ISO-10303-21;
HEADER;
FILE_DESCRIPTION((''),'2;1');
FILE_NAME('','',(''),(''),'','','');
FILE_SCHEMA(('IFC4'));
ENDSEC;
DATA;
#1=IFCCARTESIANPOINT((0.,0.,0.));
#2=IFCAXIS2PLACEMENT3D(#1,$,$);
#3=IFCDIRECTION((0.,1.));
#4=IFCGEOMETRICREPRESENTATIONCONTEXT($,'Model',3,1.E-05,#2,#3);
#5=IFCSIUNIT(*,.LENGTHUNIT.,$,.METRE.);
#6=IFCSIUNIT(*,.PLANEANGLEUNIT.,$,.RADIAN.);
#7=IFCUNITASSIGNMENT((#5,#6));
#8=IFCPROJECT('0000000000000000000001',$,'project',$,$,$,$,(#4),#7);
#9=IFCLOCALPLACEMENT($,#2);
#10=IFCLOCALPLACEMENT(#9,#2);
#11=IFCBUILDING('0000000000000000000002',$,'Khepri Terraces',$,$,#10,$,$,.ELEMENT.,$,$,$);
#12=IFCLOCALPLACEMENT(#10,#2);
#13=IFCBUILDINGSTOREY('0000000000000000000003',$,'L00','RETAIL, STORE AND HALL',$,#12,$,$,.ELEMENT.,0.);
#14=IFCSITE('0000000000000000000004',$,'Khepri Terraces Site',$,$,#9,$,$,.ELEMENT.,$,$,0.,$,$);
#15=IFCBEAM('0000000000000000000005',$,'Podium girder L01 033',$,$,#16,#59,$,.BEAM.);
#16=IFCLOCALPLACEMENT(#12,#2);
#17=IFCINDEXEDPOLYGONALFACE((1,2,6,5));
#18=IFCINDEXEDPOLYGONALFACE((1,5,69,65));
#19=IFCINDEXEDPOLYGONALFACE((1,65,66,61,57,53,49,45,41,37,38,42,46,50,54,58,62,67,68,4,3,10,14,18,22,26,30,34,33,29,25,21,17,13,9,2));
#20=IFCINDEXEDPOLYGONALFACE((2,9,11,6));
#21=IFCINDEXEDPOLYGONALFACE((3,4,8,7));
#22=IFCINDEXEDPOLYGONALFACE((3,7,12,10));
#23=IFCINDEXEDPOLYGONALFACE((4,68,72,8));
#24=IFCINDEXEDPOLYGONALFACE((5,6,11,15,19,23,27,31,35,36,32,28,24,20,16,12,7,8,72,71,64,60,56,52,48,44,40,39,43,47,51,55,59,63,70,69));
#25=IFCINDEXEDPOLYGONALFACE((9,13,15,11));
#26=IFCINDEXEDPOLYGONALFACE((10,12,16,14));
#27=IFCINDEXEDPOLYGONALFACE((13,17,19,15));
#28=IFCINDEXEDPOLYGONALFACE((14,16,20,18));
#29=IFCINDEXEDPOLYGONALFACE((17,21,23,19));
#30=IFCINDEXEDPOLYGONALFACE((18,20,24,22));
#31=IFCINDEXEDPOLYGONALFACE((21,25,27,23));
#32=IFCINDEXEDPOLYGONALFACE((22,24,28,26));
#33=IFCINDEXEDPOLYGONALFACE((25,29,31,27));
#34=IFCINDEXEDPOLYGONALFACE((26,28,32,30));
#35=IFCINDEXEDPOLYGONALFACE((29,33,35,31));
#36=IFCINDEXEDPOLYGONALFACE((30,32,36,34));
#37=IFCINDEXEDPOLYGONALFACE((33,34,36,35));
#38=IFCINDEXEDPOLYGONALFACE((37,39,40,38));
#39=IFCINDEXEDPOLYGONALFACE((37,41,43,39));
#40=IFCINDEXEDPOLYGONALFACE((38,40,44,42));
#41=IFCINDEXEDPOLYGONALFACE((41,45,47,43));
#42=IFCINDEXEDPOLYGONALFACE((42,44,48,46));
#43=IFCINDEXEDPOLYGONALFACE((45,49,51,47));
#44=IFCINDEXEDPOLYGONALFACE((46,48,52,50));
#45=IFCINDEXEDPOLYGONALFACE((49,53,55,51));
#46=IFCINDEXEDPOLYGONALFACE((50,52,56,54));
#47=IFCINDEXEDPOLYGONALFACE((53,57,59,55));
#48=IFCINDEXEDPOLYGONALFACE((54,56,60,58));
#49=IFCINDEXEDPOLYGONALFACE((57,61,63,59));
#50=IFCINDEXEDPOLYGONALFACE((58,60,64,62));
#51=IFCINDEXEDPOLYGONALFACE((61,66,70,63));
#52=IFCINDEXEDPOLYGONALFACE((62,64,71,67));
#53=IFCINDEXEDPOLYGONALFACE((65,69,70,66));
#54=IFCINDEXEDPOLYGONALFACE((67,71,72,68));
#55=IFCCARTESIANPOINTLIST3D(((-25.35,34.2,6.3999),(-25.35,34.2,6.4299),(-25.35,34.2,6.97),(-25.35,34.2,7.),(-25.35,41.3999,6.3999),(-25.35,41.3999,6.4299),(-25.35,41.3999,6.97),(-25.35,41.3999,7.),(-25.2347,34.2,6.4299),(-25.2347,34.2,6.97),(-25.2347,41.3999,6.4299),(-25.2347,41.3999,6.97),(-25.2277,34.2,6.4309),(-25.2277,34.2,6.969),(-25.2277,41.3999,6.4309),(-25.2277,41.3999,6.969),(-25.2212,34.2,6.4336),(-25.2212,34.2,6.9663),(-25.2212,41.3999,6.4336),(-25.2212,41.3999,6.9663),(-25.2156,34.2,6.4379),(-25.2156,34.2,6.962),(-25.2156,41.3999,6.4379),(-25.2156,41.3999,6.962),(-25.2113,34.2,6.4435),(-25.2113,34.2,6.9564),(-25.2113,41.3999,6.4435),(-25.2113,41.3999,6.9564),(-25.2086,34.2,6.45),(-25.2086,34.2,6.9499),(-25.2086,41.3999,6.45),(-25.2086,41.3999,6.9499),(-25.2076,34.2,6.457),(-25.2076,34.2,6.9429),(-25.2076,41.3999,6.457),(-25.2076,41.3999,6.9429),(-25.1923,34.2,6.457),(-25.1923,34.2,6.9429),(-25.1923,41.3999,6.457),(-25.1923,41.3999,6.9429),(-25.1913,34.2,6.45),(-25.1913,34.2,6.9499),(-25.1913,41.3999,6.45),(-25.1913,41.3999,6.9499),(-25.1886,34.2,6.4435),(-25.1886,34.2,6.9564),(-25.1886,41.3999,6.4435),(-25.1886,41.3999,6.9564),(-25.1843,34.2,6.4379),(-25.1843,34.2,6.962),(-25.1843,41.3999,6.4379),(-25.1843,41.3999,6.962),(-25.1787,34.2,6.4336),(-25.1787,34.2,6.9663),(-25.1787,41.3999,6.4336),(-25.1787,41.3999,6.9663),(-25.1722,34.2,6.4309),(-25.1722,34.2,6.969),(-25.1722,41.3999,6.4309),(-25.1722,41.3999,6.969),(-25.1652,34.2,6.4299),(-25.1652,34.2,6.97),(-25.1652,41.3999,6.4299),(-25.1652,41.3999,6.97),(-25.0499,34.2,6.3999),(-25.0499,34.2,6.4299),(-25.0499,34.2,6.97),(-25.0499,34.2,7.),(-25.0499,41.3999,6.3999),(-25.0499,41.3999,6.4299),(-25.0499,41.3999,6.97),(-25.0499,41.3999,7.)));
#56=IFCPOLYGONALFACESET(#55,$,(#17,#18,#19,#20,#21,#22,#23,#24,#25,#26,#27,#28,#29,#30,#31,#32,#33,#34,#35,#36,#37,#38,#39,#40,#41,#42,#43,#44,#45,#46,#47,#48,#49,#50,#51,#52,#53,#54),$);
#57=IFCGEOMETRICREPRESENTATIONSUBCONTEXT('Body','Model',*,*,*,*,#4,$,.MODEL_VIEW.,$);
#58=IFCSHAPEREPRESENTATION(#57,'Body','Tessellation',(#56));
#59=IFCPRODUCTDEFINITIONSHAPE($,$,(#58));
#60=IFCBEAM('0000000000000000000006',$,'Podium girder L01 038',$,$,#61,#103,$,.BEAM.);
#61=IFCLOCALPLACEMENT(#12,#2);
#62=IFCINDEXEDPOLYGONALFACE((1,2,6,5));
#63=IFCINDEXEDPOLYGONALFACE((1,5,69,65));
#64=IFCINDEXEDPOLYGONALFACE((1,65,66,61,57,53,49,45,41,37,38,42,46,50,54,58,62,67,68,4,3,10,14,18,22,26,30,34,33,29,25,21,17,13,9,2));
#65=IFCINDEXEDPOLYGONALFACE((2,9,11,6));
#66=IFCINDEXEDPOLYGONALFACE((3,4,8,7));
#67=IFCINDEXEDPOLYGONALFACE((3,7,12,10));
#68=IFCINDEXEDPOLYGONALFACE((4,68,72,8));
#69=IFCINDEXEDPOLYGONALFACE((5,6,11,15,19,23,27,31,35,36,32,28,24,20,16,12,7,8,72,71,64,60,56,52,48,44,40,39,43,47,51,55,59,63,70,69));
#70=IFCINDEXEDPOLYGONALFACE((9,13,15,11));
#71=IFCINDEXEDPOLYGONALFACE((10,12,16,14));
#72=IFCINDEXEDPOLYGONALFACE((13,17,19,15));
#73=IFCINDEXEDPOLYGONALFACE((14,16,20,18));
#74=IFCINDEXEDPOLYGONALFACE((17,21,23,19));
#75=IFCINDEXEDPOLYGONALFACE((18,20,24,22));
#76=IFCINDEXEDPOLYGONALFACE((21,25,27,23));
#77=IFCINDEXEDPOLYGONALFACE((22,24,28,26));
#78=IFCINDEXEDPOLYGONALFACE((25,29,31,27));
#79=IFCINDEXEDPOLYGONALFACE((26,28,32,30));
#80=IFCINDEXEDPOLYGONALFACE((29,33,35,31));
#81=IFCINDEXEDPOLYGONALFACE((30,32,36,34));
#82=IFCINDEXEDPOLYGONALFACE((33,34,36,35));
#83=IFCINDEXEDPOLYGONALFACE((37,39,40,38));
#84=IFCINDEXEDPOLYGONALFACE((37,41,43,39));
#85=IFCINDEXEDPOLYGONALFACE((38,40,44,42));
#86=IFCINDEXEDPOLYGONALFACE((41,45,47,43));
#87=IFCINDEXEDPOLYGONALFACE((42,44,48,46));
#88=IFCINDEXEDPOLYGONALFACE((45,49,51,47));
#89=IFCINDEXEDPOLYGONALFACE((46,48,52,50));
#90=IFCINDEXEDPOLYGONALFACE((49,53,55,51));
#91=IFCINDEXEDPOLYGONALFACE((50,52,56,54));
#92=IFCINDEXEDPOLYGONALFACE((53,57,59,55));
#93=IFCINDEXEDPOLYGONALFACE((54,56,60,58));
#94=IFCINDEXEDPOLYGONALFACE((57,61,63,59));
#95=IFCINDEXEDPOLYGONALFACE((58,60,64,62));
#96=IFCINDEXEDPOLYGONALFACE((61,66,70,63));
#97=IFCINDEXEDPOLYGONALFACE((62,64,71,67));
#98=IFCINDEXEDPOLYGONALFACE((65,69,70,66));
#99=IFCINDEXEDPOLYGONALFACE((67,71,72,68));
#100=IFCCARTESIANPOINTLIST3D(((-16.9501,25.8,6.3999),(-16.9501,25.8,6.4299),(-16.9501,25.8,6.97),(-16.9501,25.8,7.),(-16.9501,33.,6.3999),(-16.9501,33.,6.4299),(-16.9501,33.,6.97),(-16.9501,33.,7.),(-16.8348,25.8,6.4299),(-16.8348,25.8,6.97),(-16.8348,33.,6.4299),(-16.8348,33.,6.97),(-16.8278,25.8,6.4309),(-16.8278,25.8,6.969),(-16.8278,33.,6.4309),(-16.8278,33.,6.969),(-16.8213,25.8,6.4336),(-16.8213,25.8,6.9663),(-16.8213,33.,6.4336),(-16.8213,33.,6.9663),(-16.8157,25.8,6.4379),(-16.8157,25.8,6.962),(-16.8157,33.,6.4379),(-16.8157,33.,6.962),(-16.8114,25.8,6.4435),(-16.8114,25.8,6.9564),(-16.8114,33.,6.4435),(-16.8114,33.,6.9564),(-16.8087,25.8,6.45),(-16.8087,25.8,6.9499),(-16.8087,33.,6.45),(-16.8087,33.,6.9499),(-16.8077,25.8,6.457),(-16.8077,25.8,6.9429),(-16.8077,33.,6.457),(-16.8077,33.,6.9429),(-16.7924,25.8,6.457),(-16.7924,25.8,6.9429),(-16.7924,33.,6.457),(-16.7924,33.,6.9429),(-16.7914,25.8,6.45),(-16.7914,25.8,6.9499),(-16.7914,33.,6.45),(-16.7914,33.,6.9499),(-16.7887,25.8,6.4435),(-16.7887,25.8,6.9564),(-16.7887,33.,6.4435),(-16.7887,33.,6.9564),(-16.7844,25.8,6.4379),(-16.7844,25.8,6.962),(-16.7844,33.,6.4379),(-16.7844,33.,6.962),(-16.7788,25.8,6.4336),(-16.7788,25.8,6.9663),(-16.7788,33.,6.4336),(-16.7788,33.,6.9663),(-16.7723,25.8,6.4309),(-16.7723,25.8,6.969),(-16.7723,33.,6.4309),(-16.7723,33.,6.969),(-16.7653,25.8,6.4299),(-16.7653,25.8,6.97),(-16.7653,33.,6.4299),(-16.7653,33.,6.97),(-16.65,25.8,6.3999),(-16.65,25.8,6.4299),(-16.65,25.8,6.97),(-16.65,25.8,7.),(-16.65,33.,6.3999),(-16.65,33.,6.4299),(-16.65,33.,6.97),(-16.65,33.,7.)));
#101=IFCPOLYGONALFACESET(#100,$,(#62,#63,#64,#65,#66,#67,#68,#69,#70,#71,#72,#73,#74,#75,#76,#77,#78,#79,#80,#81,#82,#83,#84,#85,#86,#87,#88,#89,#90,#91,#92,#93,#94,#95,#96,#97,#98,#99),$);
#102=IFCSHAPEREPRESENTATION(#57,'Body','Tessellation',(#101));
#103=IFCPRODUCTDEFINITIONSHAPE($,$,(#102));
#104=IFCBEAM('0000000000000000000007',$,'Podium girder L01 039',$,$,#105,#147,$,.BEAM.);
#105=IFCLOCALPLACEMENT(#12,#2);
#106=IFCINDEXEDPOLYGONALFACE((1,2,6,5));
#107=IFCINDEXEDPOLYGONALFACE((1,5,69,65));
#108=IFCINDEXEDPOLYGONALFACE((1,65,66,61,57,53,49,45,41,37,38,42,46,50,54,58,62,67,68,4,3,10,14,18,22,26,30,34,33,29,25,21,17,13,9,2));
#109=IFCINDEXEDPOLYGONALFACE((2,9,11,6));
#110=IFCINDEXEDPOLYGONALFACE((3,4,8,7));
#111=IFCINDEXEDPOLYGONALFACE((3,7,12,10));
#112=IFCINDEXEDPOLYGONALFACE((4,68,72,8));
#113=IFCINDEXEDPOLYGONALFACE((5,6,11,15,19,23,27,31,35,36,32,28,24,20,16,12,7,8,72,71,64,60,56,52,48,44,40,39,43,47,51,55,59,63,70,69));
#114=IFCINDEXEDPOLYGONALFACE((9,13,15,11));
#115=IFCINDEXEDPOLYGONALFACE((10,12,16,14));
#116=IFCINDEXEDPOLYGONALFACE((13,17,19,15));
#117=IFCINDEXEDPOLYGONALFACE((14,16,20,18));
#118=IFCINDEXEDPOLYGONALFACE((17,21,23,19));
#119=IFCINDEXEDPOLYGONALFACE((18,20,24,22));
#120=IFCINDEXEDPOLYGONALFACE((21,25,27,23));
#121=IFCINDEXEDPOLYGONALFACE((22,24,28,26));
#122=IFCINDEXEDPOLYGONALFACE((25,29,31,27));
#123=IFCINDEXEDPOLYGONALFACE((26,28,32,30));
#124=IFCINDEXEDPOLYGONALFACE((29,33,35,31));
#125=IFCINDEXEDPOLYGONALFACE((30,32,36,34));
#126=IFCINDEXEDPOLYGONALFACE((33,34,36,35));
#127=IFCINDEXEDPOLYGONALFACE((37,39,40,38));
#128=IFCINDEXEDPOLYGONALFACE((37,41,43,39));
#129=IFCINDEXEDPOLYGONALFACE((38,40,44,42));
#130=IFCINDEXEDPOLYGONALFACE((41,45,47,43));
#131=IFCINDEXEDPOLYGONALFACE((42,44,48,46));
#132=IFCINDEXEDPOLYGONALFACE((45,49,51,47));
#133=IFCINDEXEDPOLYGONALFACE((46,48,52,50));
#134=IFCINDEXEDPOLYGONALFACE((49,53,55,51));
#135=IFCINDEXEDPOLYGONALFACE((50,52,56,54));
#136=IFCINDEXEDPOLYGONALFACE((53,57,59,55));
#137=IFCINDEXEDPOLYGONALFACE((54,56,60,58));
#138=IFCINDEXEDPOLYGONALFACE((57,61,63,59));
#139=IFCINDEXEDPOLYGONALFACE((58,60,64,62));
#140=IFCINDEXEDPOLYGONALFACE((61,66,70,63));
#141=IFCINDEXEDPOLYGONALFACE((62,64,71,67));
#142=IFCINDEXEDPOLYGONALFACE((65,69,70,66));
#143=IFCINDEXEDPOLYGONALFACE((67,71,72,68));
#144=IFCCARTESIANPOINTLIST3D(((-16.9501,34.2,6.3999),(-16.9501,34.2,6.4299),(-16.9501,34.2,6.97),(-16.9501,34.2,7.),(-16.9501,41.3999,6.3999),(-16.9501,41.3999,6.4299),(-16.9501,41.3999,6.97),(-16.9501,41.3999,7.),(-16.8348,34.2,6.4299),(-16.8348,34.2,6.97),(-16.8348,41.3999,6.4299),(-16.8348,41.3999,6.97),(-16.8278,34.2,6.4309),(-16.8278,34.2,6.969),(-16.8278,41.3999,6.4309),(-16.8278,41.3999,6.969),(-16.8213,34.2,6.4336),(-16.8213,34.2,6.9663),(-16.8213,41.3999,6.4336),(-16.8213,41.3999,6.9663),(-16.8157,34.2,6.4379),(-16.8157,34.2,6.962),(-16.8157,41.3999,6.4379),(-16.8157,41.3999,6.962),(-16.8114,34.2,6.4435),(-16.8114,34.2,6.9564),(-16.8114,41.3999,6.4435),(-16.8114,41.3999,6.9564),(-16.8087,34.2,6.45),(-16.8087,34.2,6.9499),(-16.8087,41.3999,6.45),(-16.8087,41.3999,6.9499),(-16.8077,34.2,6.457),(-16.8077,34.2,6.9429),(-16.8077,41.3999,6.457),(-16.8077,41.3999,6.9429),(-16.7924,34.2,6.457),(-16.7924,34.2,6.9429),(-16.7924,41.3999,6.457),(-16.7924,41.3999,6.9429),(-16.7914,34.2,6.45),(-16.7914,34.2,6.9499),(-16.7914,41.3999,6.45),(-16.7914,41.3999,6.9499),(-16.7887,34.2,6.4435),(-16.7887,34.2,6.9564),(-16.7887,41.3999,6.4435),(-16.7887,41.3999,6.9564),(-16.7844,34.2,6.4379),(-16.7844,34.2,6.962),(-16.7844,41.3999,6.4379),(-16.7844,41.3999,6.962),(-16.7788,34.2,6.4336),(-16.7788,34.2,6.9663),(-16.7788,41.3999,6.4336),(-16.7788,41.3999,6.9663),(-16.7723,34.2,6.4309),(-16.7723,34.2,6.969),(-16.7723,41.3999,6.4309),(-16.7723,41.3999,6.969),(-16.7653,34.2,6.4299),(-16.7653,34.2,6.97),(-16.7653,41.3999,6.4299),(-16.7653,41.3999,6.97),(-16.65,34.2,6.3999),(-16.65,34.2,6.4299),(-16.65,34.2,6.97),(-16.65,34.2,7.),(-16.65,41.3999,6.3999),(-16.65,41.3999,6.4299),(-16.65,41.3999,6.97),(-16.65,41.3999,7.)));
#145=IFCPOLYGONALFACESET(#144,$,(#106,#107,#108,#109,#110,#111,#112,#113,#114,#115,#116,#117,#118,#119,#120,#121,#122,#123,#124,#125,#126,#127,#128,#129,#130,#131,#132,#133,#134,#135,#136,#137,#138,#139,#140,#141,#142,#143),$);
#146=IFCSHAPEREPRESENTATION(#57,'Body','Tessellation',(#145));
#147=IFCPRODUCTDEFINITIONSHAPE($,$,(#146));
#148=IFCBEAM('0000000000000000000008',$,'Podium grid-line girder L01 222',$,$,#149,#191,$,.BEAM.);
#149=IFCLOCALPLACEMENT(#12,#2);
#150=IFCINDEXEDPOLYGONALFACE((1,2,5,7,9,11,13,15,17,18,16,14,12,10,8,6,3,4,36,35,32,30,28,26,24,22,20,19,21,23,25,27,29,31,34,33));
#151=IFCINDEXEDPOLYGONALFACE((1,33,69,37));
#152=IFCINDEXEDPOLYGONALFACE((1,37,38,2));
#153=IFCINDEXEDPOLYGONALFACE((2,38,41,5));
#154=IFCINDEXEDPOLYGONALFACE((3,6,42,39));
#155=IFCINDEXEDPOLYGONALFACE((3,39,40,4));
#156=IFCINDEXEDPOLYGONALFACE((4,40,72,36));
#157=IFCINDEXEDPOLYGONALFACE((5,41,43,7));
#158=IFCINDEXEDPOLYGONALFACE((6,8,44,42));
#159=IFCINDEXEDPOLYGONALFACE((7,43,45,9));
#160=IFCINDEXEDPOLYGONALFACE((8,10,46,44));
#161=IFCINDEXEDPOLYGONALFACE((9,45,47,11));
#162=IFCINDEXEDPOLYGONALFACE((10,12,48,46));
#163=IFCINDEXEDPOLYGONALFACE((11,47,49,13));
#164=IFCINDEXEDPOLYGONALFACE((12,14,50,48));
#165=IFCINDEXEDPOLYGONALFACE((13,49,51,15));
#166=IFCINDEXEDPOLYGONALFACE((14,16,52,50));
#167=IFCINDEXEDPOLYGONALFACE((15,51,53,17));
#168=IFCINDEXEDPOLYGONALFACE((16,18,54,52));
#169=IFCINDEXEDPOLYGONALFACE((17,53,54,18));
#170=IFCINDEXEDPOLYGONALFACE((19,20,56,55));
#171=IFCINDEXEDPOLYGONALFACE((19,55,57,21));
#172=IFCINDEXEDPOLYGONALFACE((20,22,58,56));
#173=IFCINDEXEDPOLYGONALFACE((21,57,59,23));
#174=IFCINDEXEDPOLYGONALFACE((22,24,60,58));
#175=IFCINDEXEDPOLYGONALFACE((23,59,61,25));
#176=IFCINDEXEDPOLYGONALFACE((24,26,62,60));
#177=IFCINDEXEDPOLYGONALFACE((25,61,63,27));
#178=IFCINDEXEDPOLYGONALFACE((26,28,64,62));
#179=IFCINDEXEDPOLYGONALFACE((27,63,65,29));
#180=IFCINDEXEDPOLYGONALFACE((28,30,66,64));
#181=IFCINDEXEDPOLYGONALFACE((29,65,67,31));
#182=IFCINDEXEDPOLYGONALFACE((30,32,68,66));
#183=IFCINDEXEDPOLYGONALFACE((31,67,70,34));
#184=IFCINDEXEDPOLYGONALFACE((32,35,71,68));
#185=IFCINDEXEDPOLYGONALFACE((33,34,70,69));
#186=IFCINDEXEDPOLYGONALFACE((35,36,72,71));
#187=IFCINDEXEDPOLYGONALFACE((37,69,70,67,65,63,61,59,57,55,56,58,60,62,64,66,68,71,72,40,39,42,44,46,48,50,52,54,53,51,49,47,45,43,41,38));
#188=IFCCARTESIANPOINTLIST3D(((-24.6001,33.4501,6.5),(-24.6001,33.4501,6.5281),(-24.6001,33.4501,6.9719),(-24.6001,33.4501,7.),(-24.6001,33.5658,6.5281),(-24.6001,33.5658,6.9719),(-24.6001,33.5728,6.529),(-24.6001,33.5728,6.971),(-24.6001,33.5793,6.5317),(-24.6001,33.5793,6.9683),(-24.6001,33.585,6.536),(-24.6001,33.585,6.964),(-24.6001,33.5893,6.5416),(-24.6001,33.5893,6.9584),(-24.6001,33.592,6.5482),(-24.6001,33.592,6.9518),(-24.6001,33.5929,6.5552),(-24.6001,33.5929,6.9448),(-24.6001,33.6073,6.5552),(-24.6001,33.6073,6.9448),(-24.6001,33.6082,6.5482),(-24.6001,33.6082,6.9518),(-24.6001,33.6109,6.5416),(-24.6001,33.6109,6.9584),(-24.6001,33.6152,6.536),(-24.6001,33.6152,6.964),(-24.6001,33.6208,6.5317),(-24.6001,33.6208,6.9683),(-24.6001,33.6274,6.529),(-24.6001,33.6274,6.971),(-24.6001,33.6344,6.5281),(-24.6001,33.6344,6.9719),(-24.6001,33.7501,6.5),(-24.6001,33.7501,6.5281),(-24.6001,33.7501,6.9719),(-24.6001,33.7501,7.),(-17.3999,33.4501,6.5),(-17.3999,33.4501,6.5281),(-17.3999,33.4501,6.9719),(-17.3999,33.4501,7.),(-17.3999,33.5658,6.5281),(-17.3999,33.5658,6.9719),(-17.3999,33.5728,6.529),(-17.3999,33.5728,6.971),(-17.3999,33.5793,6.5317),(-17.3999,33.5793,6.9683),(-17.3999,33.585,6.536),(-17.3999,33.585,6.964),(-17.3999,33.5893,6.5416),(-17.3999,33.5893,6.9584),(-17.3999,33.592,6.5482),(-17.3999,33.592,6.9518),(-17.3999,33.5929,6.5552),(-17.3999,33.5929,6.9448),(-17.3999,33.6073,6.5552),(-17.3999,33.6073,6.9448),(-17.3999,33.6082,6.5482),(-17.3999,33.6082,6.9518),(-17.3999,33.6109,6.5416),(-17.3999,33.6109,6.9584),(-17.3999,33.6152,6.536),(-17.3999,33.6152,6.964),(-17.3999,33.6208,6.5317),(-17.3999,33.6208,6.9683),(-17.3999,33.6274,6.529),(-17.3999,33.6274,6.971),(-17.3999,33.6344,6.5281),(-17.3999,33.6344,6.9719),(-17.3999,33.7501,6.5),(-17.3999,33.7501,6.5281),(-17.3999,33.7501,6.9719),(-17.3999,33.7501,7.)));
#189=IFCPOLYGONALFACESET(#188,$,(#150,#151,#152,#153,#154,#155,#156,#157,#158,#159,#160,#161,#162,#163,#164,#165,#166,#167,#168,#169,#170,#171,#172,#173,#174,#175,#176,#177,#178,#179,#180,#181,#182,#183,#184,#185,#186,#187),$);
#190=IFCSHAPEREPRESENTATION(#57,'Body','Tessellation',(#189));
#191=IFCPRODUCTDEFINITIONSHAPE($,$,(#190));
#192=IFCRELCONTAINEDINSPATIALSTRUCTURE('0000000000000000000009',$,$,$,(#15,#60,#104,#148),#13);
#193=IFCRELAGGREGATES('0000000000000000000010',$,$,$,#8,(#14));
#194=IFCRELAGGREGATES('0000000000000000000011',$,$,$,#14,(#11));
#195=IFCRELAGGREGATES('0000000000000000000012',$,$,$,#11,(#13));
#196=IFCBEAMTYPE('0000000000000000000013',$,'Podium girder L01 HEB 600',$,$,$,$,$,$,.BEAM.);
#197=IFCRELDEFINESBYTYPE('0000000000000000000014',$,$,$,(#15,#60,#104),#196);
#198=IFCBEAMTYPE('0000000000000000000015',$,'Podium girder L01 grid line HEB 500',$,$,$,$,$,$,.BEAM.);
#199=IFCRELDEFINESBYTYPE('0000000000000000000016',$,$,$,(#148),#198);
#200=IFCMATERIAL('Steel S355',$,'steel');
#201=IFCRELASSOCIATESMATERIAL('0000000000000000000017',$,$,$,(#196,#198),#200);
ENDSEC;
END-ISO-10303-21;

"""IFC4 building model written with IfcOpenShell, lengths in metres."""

from ifc_helpers import new_model, si_unit, direction, frame, origin, origin_2d, place, context, subcontext, project, spatial, i_section, extrude, material, material_profile, profile_set, type_object, element, save


model = new_model("IFC4")

# Units and contexts
model_context = context("Model", 3, precision=1e-05, world=origin(), true_north=direction((0.0, 1.0)))
body_context = subcontext(model_context, "Body", "Model", "MODEL_VIEW")
ifc_project = project(units=[si_unit("LENGTHUNIT", "METRE"), si_unit("PLANEANGLEUNIT", "RADIAN")], contexts=[model_context])

# Site, building, storey
site_placement = place(None, origin())
site = spatial("IfcSite", under=ifc_project, at=site_placement, Name="Khepri Terraces Site", CompositionType="ELEMENT", RefElevation=0.0)
building_placement = place(site_placement, origin())
building = spatial("IfcBuilding", under=site, at=building_placement, Name="Khepri Terraces", CompositionType="ELEMENT")
storey_placement = place(building_placement, origin())
storey = spatial("IfcBuildingStorey", under=building, at=storey_placement, Name="L00", Description="RETAIL, STORE AND HALL", CompositionType="ELEMENT", Elevation=0.0)

# Beams
ifc_material_1 = material(Name="Steel S355", Category="steel")
ifc_material_profile_1 = material_profile(ifc_material_1, i_section(OverallWidth=0.3, OverallDepth=0.6001, WebThickness=0.0154, FlangeThickness=0.03, FilletRadius=0.0271, at=origin_2d()), Name="Steel S355", Category="steel")
ifc_profile_set_1 = profile_set([ifc_material_profile_1], Name="Steel S355")
beam_type_1 = type_object("IfcBeamType", Name="Podium girder L01 HEB 600", PredefinedType="BEAM", material=ifc_profile_set_1)
for number, where, z_axis, x_axis, name in (
    (1, (-25.2, 34.2, 6.7), (0.0, 1.0, 0.0), (-1.0, 0.0, 0.0), "Podium girder L01 033"),
    (2, (-16.8, 25.8, 6.7), (0.0, 1.0, 0.0), (-1.0, 0.0, 0.0), "Podium girder L01 038"),
    (3, (-16.8, 34.2, 6.7), (0.0, 1.0, 0.0), (-1.0, 0.0, 0.0), "Podium girder L01 039"),
):
    element("IfcBeam", number, at=place(storey_placement, frame(where, z_axis=z_axis, x_axis=x_axis)), inside=storey, type_object=beam_type_1, Name=name, PredefinedType="BEAM", context=body_context, shape_type="SweptSolid", body=[
        extrude(i_section(OverallWidth=0.3, OverallDepth=0.6001, WebThickness=0.0154, FlangeThickness=0.03, FilletRadius=0.0271, at=origin_2d()), origin(), (0.0, 0.0, 1.0), 7.2),
    ])
ifc_material_profile_2 = material_profile(ifc_material_1, i_section(OverallWidth=0.3, OverallDepth=0.5, WebThickness=0.0144, FlangeThickness=0.0281, FilletRadius=0.0271, at=origin_2d()), Name="Steel S355", Category="steel")
ifc_profile_set_2 = profile_set([ifc_material_profile_2], Name="Steel S355")
beam_type_2 = type_object("IfcBeamType", Name="Podium girder L01 grid line HEB 500", PredefinedType="BEAM", material=ifc_profile_set_2)
beam_1_placement = place(storey_placement, frame((-24.6001, 33.6001, 6.75), z_axis=(1.0, 0.0, 0.0), x_axis=(0.0, 1.0, 0.0)))
element("IfcBeam", 4, at=beam_1_placement, inside=storey, type_object=beam_type_2, Name="Podium grid-line girder L01 222", PredefinedType="BEAM", context=body_context, shape_type="SweptSolid", body=[
    extrude(i_section(OverallWidth=0.3, OverallDepth=0.5, WebThickness=0.0144, FlangeThickness=0.0281, FilletRadius=0.0271, at=origin_2d()), origin(), (0.0, 0.0, 1.0), 7.2002),
])

save(model, "model.ifc")
